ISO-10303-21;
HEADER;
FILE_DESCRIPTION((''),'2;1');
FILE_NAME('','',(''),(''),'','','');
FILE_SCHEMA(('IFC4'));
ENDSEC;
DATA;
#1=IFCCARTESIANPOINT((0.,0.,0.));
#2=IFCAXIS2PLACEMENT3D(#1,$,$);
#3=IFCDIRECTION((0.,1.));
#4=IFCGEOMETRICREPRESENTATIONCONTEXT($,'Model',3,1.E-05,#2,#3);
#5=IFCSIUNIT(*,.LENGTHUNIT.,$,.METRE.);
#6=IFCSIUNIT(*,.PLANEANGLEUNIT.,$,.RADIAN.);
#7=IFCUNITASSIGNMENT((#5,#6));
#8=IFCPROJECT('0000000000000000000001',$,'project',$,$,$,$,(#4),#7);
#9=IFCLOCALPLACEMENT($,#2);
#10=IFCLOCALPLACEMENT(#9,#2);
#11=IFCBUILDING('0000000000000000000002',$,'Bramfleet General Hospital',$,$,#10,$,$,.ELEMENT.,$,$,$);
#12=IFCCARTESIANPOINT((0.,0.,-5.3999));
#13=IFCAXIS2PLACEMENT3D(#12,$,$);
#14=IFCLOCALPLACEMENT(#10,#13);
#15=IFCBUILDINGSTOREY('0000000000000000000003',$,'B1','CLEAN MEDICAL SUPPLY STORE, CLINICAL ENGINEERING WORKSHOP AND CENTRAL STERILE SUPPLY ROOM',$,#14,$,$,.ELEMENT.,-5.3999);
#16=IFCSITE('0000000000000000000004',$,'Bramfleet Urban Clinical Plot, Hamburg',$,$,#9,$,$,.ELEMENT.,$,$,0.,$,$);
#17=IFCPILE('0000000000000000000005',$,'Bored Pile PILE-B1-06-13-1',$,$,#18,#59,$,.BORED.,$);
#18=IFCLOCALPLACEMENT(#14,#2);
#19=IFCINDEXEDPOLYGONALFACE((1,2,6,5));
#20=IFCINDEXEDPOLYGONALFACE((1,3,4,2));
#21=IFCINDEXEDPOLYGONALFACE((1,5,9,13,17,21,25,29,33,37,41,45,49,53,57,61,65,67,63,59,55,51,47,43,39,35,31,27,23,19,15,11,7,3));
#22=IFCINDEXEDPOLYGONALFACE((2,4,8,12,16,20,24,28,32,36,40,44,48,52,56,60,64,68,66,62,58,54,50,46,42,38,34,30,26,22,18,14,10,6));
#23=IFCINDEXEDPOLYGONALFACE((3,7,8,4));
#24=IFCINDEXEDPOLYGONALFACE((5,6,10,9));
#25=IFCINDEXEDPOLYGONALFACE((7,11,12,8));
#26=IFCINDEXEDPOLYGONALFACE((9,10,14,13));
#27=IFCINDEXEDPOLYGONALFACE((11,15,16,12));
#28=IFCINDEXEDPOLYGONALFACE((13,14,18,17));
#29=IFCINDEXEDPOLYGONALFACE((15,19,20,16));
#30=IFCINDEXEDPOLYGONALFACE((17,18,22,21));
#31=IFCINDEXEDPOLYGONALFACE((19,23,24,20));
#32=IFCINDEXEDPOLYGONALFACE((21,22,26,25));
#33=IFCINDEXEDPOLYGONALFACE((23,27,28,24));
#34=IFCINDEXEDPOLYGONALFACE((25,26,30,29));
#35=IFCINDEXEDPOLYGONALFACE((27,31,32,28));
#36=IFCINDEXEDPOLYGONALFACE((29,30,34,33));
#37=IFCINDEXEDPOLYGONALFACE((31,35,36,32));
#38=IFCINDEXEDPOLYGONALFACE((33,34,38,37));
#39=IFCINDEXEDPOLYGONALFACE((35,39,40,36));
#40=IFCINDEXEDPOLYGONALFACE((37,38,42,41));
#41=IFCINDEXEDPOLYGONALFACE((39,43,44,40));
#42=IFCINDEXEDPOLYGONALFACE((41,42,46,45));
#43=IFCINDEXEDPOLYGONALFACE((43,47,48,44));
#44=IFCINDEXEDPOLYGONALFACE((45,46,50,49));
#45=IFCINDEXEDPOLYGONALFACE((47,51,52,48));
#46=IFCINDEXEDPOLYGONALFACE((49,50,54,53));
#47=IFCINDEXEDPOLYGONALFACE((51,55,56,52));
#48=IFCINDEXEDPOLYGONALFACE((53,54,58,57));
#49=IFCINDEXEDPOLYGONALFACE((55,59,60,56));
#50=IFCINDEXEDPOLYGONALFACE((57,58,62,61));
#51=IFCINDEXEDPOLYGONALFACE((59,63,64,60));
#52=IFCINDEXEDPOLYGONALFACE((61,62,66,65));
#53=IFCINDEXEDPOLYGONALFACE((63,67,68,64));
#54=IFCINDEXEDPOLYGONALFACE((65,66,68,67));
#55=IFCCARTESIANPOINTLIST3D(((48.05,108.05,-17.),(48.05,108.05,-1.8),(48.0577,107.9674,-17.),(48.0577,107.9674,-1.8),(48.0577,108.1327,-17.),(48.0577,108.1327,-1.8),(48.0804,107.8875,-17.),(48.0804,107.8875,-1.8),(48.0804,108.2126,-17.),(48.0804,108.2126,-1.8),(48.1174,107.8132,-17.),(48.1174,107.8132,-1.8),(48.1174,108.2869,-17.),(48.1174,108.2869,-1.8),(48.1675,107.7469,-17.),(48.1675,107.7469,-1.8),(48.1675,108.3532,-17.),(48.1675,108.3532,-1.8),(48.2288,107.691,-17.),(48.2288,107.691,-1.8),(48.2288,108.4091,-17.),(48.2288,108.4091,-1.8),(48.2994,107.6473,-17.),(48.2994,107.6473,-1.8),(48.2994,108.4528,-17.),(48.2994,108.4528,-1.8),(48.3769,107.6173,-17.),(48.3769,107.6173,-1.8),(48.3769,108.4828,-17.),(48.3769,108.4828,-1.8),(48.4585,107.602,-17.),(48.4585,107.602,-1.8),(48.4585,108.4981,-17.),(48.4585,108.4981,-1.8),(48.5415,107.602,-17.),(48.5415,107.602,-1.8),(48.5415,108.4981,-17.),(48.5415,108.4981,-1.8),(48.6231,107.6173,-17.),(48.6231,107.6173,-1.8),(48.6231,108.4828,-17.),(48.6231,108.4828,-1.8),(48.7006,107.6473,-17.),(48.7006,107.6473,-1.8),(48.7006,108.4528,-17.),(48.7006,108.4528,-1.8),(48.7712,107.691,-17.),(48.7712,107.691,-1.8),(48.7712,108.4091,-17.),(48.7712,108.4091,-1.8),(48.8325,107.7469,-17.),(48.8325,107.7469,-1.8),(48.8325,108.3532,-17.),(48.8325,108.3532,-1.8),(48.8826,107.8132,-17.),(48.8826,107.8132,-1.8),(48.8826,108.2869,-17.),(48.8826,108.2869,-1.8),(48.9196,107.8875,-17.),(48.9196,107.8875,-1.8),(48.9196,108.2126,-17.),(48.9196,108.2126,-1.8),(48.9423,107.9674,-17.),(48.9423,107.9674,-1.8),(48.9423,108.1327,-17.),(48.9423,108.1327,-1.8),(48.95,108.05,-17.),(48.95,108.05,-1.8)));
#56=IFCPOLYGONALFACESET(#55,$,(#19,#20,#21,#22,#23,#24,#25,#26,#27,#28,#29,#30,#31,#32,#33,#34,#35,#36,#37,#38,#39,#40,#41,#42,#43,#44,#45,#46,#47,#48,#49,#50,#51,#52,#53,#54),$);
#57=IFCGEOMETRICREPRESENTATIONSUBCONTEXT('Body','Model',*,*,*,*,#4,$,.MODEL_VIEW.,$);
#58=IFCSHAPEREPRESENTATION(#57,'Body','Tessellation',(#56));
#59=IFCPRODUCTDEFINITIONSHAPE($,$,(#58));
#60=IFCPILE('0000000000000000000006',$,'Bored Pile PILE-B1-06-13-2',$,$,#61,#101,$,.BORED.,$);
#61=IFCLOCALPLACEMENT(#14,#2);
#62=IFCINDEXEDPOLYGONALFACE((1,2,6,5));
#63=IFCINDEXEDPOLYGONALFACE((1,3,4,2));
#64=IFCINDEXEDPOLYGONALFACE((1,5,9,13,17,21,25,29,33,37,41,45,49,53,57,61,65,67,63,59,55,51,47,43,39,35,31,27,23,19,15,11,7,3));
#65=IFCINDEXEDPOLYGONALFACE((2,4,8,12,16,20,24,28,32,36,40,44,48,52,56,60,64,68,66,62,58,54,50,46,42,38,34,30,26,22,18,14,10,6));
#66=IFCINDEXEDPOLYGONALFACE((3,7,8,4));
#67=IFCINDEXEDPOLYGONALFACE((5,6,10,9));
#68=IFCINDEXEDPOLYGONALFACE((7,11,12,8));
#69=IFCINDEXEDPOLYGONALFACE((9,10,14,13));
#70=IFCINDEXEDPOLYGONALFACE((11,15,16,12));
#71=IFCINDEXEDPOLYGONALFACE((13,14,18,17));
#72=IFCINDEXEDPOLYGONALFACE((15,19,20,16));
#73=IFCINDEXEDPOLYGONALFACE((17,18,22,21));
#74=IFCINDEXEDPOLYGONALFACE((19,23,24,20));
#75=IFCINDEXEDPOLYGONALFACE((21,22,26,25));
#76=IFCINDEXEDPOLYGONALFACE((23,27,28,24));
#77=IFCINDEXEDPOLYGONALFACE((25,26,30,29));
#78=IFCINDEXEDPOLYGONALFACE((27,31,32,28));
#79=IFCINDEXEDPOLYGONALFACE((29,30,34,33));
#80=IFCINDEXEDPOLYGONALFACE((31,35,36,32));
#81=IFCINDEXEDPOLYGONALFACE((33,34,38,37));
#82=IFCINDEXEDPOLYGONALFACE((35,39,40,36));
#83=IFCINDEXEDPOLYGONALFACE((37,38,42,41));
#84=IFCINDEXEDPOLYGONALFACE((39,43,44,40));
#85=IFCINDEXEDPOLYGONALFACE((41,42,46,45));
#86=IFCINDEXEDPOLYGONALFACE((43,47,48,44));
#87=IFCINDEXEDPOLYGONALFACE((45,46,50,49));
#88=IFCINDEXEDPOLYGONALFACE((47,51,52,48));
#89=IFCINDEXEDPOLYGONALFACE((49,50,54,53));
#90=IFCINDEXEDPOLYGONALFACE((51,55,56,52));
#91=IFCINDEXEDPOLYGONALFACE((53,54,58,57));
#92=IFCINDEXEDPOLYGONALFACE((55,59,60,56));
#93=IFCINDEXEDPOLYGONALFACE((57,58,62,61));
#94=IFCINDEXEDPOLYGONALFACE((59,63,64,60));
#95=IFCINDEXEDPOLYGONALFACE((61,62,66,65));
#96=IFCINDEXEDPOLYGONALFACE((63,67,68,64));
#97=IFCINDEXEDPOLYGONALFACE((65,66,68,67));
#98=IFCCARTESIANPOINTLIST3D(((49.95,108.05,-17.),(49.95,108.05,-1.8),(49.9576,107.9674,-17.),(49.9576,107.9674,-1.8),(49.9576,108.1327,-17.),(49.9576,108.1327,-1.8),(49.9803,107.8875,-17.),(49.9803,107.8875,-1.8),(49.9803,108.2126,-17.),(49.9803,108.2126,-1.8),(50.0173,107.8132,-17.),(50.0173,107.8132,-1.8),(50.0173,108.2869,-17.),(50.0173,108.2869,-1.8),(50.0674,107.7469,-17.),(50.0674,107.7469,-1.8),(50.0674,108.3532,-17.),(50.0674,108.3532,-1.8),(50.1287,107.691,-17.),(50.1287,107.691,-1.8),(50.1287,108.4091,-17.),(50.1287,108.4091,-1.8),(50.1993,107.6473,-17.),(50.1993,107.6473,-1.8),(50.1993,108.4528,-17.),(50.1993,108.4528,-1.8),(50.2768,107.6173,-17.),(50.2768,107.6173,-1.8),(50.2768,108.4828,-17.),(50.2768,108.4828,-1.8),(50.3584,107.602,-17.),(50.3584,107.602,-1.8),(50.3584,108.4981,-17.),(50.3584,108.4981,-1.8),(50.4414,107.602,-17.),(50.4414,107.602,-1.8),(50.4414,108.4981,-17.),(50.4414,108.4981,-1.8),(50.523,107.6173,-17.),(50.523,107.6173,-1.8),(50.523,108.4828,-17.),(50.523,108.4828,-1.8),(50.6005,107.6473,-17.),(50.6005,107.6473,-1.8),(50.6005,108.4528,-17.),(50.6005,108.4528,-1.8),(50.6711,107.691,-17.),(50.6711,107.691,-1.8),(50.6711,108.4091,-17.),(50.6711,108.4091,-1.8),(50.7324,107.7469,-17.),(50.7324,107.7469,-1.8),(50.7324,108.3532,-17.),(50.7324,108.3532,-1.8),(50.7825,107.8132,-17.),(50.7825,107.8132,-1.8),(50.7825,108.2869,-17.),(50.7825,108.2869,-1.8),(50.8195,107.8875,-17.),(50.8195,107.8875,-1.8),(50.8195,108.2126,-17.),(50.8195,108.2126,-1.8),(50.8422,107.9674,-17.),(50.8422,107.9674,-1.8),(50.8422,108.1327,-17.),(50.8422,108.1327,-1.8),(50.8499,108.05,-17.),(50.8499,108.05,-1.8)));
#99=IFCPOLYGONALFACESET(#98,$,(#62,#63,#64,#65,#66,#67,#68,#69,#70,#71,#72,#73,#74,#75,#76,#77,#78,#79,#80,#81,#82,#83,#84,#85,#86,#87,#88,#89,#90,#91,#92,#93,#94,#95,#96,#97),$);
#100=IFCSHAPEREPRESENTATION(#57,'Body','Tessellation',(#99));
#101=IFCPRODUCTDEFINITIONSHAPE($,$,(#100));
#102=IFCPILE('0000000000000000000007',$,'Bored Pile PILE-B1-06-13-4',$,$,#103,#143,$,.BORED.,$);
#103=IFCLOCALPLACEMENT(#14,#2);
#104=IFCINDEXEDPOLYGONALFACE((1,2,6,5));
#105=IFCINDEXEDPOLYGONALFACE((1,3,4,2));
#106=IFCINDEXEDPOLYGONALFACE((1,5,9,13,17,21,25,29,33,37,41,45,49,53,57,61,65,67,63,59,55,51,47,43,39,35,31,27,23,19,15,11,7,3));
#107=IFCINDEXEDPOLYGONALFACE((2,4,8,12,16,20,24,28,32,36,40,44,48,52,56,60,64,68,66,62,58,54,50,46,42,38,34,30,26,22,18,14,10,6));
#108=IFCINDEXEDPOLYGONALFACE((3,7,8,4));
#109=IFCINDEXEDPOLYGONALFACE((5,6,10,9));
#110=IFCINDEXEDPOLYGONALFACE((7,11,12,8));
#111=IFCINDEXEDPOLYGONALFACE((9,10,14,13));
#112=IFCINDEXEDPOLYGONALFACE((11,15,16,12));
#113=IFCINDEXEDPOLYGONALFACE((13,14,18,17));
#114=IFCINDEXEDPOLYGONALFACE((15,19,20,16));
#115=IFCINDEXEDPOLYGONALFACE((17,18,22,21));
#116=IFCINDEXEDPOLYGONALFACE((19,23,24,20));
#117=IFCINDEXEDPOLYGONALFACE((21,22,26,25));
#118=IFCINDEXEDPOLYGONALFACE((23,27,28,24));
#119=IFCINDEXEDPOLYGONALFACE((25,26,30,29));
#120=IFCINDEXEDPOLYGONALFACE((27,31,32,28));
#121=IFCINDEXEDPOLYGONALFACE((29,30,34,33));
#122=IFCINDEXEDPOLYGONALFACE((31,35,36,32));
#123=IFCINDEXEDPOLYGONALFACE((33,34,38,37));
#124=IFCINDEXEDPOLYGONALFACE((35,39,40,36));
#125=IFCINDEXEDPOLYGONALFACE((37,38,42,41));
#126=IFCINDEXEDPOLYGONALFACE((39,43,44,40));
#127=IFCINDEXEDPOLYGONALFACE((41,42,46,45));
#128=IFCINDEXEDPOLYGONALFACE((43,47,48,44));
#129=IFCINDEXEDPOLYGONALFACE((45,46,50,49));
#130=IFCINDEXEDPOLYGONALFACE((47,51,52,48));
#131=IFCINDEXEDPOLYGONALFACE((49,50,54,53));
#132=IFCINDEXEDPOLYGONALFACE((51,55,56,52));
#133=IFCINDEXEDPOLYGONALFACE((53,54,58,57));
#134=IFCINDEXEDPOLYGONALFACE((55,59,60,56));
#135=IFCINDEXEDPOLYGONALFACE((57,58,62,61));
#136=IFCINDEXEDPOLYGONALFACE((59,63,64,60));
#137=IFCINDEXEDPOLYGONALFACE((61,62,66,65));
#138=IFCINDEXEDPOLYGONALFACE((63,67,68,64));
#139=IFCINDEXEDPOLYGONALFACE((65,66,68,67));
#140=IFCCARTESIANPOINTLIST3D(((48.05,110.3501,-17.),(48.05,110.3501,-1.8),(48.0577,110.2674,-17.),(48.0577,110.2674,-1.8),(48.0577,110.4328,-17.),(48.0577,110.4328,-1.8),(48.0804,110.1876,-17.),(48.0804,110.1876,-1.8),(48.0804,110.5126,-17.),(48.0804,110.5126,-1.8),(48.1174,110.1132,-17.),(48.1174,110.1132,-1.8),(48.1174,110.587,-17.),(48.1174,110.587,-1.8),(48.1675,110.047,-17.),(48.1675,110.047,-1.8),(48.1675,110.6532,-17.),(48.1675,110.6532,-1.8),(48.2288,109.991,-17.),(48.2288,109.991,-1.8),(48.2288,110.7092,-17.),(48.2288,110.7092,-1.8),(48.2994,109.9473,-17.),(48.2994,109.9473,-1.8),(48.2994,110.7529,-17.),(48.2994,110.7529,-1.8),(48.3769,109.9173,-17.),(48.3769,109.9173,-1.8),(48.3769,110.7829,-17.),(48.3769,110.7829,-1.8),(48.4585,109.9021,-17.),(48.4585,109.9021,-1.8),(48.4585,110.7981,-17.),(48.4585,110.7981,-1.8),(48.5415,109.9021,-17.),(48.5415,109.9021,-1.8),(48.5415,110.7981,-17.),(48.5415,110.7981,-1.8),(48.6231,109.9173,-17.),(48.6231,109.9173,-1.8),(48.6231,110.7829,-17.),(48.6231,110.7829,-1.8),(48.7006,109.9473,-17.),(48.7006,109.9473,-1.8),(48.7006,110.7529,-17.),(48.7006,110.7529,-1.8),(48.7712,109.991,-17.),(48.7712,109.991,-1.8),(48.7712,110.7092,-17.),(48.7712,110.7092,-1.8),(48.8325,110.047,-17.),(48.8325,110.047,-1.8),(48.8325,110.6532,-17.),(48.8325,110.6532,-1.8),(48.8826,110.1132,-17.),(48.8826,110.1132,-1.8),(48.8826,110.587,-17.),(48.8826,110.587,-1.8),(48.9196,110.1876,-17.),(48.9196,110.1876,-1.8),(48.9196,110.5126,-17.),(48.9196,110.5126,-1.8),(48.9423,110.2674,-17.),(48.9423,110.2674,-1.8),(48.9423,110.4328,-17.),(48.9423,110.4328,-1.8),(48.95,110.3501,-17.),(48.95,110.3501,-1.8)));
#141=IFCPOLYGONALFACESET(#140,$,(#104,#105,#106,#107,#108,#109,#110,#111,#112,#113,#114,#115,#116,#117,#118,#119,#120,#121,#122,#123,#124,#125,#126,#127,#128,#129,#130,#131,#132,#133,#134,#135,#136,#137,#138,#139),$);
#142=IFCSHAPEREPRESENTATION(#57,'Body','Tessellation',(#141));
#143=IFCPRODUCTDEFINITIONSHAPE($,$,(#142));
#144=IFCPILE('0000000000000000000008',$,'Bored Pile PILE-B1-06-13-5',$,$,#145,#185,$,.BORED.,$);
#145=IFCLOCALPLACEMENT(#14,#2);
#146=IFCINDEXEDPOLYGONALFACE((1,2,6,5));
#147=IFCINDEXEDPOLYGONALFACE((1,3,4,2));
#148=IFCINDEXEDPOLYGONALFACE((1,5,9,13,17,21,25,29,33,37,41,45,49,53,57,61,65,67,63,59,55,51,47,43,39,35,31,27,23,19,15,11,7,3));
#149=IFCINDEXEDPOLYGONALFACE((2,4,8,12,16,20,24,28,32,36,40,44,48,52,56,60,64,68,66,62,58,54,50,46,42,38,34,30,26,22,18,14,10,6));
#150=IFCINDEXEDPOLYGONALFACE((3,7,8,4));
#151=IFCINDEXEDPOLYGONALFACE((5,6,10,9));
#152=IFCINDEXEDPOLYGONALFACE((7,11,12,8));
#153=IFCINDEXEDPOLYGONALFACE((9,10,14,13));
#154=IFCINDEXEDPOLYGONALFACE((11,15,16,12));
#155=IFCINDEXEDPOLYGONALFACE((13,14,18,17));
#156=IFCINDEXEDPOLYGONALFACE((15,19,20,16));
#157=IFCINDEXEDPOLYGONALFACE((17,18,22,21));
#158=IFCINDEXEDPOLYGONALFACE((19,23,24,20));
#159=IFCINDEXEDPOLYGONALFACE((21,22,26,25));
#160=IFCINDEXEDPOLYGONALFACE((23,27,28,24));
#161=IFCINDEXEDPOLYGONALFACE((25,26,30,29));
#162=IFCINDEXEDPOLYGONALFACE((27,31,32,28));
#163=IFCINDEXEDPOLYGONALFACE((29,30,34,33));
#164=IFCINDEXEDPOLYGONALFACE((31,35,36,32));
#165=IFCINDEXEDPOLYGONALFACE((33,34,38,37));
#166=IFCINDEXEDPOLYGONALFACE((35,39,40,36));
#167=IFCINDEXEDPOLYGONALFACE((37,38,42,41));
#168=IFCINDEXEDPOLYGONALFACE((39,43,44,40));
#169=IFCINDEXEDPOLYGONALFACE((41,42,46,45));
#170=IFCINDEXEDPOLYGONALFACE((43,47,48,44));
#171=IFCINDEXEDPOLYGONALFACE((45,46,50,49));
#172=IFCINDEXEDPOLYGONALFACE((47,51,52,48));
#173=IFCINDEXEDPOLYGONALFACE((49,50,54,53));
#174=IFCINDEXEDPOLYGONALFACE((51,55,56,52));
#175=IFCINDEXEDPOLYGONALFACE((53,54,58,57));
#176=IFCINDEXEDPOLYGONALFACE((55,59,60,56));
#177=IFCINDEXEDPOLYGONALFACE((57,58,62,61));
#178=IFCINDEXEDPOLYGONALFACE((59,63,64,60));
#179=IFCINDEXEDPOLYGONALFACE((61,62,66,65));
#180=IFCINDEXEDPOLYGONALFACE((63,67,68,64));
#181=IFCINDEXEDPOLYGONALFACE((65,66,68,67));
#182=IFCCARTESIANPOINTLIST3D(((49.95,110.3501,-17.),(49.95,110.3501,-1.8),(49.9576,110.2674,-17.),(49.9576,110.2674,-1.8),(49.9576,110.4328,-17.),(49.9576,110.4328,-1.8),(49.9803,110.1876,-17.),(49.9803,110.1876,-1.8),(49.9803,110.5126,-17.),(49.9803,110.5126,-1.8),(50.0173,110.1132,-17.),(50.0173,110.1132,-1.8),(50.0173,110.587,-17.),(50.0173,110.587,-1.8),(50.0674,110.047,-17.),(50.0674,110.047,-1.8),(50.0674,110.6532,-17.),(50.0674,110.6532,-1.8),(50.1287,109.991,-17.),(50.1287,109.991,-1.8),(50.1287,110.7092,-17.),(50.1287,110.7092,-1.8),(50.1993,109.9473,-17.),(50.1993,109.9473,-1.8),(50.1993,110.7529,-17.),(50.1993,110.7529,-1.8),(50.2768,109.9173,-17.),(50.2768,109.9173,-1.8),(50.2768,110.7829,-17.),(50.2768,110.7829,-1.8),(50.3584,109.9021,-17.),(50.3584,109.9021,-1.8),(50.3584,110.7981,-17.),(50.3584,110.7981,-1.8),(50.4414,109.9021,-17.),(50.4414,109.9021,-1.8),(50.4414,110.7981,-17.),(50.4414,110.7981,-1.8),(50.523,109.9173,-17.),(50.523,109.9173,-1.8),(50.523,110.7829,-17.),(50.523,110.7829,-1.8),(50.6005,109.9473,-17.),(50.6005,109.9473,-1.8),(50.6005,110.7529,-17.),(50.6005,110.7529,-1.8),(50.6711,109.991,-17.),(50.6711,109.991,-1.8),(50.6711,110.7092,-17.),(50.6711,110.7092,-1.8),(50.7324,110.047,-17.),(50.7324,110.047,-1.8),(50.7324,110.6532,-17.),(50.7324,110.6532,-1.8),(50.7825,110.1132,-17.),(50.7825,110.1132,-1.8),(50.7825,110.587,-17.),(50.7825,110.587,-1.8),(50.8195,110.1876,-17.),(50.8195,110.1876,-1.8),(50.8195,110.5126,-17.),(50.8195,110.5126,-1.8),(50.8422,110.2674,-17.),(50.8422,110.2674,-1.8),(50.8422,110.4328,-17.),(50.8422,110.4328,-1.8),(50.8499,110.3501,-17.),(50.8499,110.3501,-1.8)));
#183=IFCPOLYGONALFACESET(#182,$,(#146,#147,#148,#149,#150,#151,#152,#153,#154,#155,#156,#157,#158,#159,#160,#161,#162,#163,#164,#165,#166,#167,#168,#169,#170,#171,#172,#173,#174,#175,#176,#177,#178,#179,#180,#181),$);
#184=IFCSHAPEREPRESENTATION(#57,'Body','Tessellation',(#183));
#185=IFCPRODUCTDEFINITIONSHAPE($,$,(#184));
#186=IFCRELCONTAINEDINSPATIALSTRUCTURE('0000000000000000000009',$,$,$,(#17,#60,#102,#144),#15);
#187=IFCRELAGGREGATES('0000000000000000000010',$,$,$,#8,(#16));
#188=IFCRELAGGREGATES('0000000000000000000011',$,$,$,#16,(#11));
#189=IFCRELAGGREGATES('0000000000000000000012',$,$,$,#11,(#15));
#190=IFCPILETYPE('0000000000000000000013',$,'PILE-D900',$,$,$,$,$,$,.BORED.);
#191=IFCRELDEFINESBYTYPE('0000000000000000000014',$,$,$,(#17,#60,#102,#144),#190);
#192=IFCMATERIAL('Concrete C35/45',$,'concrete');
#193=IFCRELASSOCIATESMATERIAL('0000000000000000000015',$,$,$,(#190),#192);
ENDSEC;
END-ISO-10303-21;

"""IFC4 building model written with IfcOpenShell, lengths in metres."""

from ifc_helpers import new_model, si_unit, direction, frame, origin, origin_2d, place, context, subcontext, project, spatial, circle, extrude, material, material_profile, profile_set, type_object, element, save


model = new_model("IFC4")

# Units and contexts
model_context = context("Model", 3, precision=1e-05, world=origin(), true_north=direction((0.0, 1.0)))
body_context = subcontext(model_context, "Body", "Model", "MODEL_VIEW")
ifc_project = project(units=[si_unit("LENGTHUNIT", "METRE"), si_unit("PLANEANGLEUNIT", "RADIAN")], contexts=[model_context])

# Site, building, storey
site_placement = place(None, origin())
site = spatial("IfcSite", under=ifc_project, at=site_placement, Name="Bramfleet Urban Clinical Plot, Hamburg", CompositionType="ELEMENT", RefElevation=0.0)
building_placement = place(site_placement, origin())
building = spatial("IfcBuilding", under=site, at=building_placement, Name="Bramfleet General Hospital", CompositionType="ELEMENT")
storey_placement = place(building_placement, frame((0.0, 0.0, -5.3999)))
storey = spatial("IfcBuildingStorey", under=building, at=storey_placement, Name="B1", Description="CLEAN MEDICAL SUPPLY STORE, CLINICAL ENGINEERING WORKSHOP AND CENTRAL STERILE SUPPLY ROOM", CompositionType="ELEMENT", Elevation=-5.3999)

# Shared definitions
ifc_material_1 = material(Name="Concrete C35/45", Category="concrete")

# Piles
ifc_material_profile_1 = material_profile(ifc_material_1, circle(Radius=0.45, at=origin_2d()), Name="PILE BORED D900")
ifc_profile_set_1 = profile_set([ifc_material_profile_1], Name="Concrete C35/45")
pile_type = type_object("IfcPileType", Name="PILE-D900", PredefinedType="BORED", material=ifc_profile_set_1)
for number, where, z_axis, x_axis, name in (
    (1, (48.5, 108.05, -1.8), (0.0, 0.0, -1.0), (1.0, 0.0, 0.0), "Bored Pile PILE-B1-06-13-1"),
    (2, (50.3999, 108.05, -1.8), (0.0, 0.0, -1.0), (1.0, 0.0, 0.0), "Bored Pile PILE-B1-06-13-2"),
    (3, (48.5, 110.3501, -1.8), (0.0, 0.0, -1.0), (1.0, 0.0, 0.0), "Bored Pile PILE-B1-06-13-4"),
    (4, (50.3999, 110.3501, -1.8), (0.0, 0.0, -1.0), (1.0, 0.0, 0.0), "Bored Pile PILE-B1-06-13-5"),
):
    element("IfcPile", number, at=place(storey_placement, frame(where, z_axis=z_axis, x_axis=x_axis)), inside=storey, type_object=pile_type, Name=name, PredefinedType="BORED", context=body_context, shape_type="SweptSolid", body=[
        extrude(circle(Radius=0.45, at=origin_2d()), origin(), (0.0, 0.0, 1.0), 15.2),
    ])

save(model, "model.ifc")
